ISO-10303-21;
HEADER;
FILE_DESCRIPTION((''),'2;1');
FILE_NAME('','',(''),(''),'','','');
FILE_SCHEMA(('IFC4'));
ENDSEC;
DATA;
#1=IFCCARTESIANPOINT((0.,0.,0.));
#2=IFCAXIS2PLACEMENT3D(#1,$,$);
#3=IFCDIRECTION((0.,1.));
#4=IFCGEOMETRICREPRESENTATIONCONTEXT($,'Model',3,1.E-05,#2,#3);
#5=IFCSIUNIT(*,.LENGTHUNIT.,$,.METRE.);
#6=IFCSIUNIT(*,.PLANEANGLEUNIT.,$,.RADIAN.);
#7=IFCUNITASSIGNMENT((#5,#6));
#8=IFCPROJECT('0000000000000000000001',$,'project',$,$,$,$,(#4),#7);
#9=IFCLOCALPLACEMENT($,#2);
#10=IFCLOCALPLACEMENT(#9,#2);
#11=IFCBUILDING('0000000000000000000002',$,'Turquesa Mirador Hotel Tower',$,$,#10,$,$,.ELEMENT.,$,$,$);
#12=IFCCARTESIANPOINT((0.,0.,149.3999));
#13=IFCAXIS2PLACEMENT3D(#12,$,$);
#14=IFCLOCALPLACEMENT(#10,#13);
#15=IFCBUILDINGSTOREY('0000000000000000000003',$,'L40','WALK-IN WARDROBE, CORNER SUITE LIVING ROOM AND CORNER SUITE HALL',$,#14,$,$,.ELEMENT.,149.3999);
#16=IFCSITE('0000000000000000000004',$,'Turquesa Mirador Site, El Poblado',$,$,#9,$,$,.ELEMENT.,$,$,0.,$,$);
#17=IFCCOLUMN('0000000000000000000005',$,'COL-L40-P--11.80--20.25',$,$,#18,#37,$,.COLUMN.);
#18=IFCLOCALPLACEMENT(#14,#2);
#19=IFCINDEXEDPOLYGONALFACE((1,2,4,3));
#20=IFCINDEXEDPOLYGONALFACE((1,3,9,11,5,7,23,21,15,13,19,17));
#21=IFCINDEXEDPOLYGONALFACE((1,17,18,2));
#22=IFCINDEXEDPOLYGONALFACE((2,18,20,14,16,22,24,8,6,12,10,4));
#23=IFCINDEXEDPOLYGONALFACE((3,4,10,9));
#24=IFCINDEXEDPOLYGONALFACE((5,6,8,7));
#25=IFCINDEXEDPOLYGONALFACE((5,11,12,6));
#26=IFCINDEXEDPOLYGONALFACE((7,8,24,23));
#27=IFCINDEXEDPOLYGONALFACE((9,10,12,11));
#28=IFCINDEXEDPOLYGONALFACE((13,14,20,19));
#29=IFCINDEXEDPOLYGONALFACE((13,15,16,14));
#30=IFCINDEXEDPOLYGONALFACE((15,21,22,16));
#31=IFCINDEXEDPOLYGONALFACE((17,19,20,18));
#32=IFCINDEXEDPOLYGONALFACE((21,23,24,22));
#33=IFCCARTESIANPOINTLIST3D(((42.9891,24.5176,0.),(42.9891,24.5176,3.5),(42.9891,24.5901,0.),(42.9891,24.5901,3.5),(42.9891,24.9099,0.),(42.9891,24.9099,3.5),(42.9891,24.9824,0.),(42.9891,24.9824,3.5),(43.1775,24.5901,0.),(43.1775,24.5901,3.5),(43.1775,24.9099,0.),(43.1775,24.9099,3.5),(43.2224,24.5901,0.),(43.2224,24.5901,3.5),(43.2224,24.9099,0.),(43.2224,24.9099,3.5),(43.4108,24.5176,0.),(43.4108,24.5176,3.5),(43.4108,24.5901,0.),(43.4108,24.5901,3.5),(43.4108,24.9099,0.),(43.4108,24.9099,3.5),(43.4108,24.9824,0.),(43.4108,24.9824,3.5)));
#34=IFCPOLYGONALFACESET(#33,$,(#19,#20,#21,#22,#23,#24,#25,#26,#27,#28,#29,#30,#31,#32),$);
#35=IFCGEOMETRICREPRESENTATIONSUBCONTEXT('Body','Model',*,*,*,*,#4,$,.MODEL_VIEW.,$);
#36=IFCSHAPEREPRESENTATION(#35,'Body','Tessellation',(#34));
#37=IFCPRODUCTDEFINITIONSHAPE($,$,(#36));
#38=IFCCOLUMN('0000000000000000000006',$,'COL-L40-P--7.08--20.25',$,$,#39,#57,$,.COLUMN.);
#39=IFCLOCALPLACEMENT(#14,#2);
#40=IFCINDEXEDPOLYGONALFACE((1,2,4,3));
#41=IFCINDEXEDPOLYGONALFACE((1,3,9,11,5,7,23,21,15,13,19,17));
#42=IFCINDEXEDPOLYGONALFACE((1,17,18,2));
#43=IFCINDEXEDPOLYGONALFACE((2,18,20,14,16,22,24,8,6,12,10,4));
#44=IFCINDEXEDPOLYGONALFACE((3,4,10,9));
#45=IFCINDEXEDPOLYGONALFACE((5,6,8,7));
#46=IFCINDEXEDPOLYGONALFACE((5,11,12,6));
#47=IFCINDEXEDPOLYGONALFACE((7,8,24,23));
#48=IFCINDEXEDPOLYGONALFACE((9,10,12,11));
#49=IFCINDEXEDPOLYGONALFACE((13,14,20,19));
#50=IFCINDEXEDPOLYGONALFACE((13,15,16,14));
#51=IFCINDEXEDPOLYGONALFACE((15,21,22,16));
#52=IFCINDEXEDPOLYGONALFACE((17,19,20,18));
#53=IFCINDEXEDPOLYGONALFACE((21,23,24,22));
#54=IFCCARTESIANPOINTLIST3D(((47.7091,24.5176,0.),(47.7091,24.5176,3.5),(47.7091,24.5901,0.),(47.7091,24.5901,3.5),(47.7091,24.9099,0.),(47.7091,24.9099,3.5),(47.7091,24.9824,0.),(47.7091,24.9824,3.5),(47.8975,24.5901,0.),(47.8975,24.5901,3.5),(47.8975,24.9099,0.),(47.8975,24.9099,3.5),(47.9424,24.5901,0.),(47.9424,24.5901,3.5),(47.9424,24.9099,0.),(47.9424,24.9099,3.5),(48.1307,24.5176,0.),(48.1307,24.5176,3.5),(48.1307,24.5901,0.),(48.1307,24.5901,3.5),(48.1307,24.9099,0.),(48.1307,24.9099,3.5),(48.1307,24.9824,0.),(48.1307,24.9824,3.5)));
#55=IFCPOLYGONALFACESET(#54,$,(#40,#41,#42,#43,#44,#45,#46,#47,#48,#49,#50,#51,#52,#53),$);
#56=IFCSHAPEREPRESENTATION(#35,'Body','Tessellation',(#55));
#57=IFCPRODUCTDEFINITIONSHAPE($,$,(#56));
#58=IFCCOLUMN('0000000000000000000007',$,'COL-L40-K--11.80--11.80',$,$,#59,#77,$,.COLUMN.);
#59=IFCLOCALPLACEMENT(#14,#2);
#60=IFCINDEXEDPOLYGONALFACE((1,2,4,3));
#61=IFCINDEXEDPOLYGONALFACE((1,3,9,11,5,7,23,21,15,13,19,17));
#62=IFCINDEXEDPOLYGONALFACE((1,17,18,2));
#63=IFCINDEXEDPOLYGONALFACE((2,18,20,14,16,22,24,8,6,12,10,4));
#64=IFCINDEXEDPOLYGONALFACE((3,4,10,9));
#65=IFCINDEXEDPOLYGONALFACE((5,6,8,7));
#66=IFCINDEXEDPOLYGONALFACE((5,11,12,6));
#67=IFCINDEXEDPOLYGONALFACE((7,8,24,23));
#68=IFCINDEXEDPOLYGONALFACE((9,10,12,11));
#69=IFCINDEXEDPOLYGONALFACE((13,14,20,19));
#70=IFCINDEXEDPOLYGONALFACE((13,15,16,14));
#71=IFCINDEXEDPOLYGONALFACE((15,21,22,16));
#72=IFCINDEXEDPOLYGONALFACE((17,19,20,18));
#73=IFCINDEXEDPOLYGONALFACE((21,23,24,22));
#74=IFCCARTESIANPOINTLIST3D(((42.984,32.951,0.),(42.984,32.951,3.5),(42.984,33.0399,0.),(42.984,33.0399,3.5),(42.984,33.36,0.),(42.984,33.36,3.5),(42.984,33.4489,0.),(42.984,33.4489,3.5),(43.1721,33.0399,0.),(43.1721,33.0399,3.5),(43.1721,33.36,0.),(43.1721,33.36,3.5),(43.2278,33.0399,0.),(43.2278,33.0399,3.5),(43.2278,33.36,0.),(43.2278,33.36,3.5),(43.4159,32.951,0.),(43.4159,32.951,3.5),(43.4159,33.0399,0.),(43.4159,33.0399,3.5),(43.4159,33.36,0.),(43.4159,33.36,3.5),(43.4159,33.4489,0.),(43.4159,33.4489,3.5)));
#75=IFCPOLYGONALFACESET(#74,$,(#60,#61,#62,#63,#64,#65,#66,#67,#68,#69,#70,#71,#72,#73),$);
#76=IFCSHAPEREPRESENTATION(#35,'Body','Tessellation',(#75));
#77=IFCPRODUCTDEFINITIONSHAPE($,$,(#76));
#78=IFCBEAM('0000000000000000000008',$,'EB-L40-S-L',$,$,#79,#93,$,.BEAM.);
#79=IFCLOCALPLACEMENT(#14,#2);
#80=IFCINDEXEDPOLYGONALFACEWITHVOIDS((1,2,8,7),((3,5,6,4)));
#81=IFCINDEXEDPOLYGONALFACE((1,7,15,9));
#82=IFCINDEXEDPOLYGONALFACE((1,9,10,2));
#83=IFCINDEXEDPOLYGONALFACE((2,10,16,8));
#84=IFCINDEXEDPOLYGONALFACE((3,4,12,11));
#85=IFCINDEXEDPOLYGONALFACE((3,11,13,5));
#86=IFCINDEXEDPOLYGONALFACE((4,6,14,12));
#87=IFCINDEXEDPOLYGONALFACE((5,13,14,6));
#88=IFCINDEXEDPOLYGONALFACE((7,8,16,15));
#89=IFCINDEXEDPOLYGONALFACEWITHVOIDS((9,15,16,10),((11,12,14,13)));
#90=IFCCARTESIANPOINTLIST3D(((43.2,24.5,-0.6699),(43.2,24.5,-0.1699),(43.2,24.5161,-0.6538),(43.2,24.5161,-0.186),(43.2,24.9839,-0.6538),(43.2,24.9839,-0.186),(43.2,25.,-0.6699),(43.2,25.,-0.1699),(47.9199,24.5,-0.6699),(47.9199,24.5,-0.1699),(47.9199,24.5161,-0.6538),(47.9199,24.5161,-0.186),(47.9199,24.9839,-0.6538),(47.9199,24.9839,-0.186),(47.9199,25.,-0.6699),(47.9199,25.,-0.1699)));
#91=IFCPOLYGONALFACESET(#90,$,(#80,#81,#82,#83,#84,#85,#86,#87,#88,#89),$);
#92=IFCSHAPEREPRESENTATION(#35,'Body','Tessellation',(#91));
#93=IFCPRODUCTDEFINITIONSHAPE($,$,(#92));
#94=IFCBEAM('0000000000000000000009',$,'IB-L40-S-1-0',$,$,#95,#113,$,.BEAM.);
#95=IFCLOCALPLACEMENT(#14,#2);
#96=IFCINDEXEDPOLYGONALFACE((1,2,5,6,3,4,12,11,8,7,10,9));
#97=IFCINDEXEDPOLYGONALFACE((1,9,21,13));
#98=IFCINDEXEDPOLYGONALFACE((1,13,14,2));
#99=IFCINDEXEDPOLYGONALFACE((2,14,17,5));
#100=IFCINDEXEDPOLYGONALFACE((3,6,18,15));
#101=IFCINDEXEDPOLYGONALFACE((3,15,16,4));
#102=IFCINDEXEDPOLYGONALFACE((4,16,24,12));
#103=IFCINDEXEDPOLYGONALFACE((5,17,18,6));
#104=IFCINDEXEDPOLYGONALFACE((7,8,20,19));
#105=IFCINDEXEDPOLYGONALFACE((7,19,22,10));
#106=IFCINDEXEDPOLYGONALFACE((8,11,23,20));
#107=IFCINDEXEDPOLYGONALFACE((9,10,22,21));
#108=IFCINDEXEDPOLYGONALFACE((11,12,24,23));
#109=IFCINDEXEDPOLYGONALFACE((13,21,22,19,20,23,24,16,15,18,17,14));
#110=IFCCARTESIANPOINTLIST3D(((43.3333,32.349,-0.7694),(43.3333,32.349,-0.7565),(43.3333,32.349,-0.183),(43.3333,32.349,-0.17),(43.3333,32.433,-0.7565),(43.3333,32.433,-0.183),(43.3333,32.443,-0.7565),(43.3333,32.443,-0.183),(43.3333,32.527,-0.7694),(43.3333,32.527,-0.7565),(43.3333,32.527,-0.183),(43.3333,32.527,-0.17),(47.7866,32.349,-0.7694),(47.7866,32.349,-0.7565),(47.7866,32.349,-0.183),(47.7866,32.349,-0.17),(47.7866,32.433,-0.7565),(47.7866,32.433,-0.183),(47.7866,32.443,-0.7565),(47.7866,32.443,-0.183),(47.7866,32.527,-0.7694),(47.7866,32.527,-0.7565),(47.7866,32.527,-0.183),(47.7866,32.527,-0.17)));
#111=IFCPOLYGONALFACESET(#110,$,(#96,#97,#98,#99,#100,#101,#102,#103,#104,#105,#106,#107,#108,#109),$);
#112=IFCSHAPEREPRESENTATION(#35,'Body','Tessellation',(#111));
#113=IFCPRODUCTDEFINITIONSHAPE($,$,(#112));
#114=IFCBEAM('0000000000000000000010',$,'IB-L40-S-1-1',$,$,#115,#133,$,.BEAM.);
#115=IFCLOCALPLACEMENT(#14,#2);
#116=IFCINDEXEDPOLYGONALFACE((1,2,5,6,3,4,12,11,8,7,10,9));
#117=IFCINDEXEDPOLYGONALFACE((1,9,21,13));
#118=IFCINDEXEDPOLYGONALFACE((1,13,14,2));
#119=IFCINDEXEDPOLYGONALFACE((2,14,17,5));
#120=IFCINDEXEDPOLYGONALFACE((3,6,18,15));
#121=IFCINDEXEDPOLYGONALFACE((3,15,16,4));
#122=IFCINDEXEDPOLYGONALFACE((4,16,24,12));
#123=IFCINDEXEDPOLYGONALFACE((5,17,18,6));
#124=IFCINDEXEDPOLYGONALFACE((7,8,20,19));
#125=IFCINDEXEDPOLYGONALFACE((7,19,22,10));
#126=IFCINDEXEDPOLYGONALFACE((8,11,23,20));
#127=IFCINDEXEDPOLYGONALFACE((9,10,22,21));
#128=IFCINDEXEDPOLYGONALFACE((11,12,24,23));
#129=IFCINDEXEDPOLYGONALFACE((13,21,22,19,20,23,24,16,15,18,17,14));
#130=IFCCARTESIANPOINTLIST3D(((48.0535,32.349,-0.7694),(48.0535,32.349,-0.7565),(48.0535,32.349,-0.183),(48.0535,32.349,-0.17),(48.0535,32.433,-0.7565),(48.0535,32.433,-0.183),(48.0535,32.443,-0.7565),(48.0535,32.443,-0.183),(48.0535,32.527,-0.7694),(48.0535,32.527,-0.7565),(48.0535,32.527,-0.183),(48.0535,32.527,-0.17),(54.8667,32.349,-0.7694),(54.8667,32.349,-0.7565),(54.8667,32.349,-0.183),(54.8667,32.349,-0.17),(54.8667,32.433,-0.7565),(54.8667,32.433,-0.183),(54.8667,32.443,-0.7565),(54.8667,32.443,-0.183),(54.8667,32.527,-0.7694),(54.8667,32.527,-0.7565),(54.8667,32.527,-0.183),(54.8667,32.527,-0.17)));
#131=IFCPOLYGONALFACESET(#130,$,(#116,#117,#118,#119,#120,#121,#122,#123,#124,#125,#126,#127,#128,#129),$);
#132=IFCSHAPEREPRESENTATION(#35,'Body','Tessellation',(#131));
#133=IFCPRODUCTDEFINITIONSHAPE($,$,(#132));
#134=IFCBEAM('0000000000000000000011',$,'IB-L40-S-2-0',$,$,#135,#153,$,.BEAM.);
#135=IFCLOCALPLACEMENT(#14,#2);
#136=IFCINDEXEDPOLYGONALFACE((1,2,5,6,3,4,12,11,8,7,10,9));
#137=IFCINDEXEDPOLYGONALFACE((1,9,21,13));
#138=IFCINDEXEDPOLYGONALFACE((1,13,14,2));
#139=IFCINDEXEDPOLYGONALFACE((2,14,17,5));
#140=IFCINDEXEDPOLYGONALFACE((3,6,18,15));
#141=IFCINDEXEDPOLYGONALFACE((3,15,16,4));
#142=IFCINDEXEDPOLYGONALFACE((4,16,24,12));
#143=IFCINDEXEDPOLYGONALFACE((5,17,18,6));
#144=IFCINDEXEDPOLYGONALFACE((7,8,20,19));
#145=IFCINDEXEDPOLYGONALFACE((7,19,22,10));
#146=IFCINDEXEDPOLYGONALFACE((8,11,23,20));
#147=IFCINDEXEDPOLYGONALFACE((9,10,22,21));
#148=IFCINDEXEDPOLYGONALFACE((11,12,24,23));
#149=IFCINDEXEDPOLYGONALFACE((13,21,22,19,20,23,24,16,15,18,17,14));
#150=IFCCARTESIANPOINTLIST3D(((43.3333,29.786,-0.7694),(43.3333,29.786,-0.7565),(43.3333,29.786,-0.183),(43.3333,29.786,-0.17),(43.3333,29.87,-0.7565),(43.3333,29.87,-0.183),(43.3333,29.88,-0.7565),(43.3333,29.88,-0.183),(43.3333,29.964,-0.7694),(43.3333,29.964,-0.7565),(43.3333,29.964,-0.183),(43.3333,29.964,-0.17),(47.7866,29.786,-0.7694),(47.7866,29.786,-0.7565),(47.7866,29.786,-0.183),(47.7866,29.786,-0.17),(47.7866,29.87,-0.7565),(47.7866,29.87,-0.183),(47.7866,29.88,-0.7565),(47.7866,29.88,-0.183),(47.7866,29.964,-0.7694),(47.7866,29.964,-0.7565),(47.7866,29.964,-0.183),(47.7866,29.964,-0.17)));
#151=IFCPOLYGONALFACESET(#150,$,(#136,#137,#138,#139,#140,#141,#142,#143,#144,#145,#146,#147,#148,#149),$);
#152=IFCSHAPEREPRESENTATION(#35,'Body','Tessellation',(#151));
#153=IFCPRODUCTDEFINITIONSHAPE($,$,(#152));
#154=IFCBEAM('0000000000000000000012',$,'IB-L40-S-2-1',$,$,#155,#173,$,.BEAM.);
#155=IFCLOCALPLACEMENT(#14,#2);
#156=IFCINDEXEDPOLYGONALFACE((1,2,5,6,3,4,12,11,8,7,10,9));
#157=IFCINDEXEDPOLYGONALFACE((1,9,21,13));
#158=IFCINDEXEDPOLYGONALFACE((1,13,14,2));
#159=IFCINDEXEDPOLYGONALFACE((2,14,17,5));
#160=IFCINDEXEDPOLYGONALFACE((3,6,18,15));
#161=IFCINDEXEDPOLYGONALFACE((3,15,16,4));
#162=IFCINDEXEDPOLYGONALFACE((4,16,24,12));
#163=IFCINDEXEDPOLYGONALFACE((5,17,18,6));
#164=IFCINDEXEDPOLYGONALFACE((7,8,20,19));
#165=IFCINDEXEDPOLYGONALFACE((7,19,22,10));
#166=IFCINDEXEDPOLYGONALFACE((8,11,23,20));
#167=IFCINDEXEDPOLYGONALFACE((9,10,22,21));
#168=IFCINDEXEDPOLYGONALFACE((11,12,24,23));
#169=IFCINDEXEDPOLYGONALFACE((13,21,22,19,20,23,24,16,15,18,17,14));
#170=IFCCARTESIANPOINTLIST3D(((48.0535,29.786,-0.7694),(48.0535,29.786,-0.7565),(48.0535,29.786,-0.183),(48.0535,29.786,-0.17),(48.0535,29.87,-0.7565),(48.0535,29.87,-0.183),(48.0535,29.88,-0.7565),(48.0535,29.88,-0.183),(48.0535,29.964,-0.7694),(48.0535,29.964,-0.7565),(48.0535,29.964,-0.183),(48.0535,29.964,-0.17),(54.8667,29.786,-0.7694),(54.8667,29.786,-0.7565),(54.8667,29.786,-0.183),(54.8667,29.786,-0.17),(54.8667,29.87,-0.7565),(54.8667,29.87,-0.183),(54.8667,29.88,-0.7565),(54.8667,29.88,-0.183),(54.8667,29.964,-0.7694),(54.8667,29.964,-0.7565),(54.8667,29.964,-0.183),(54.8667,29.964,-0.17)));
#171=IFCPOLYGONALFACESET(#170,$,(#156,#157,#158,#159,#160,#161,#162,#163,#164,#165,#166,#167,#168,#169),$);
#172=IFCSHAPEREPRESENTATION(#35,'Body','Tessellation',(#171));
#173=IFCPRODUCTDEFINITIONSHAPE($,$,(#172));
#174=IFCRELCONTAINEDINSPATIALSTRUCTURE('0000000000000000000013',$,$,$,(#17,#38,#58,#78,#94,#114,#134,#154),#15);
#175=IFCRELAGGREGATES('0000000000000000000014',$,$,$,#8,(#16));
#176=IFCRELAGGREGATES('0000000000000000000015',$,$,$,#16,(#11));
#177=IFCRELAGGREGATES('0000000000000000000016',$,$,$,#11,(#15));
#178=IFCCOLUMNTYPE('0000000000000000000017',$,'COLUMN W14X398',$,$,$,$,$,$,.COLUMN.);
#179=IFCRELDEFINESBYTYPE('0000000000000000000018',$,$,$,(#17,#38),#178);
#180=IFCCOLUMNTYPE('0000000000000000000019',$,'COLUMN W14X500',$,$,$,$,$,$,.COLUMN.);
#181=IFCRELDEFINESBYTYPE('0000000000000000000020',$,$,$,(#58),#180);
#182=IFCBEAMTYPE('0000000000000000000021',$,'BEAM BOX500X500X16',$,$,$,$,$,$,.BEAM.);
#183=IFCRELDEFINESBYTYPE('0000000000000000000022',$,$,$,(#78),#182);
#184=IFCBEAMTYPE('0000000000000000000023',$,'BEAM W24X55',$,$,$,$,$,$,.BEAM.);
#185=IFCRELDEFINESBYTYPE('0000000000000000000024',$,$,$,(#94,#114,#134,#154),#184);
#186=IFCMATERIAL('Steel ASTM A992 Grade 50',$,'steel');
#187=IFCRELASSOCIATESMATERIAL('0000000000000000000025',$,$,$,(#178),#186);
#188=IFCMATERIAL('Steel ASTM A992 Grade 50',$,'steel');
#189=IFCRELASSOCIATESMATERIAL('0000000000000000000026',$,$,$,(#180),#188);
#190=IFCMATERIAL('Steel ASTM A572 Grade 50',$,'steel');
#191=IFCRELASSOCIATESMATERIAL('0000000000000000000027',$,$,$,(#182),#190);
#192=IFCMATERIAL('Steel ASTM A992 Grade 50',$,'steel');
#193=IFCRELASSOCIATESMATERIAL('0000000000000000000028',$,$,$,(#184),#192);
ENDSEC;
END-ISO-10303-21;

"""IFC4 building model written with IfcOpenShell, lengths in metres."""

from ifc_helpers import new_model, si_unit, direction, frame, origin, origin_2d, place, context, subcontext, project, spatial, hollow_rectangle, i_section, extrude, material, material_profile, profile_set, type_object, element, save


model = new_model("IFC4")

# Units and contexts
model_context = context("Model", 3, precision=1e-05, world=origin(), true_north=direction((0.0, 1.0)))
body_context = subcontext(model_context, "Body", "Model", "MODEL_VIEW")
ifc_project = project(units=[si_unit("LENGTHUNIT", "METRE"), si_unit("PLANEANGLEUNIT", "RADIAN")], contexts=[model_context])

# Site, building, storey
site_placement = place(None, origin())
site = spatial("IfcSite", under=ifc_project, at=site_placement, Name="Turquesa Mirador Site, El Poblado", CompositionType="ELEMENT", RefElevation=0.0)
building_placement = place(site_placement, origin())
building = spatial("IfcBuilding", under=site, at=building_placement, Name="Turquesa Mirador Hotel Tower", CompositionType="ELEMENT")
storey_placement = place(building_placement, frame((0.0, 0.0, 149.3999)))
storey = spatial("IfcBuildingStorey", under=building, at=storey_placement, Name="L40", Description="WALK-IN WARDROBE, CORNER SUITE LIVING ROOM AND CORNER SUITE HALL", CompositionType="ELEMENT", Elevation=149.3999)

# Columns
ifc_material_1 = material(Name="Steel ASTM A992 Grade 50", Category="steel")
ifc_material_profile_1 = material_profile(ifc_material_1, i_section(OverallWidth=0.4216, OverallDepth=0.4648, WebThickness=0.0449, FlangeThickness=0.0725, at=origin_2d()), Name="W14X398")
ifc_profile_set_1 = profile_set([ifc_material_profile_1], Name="Steel ASTM A992 Grade 50")
column_type_1 = type_object("IfcColumnType", Name="COLUMN W14X398", PredefinedType="COLUMN", material=ifc_profile_set_1)
for number, where, z_axis, x_axis, name in (
    (1, (43.2, 24.75, 0.0), (0.0, 0.0, 1.0), (1.0, 0.0, 0.0), "COL-L40-P--11.80--20.25"),
    (2, (47.9199, 24.75, 0.0), (0.0, 0.0, 1.0), (1.0, 0.0, 0.0), "COL-L40-P--7.08--20.25"),
):
    element("IfcColumn", number, at=place(storey_placement, frame(where, z_axis=z_axis, x_axis=x_axis)), inside=storey, type_object=column_type_1, Name=name, PredefinedType="COLUMN", context=body_context, shape_type="SweptSolid", body=[
        extrude(i_section(OverallWidth=0.4216, OverallDepth=0.4648, WebThickness=0.0449, FlangeThickness=0.0725, at=origin_2d()), origin(), (0.0, 0.0, 1.0), 3.5),
    ])
ifc_material_2 = material(Name="Steel ASTM A992 Grade 50", Category="steel")
ifc_material_profile_2 = material_profile(ifc_material_2, i_section(OverallWidth=0.4319, OverallDepth=0.4978, WebThickness=0.0557, FlangeThickness=0.0889, at=origin_2d()), Name="W14X500")
ifc_profile_set_2 = profile_set([ifc_material_profile_2], Name="Steel ASTM A992 Grade 50")
column_type_2 = type_object("IfcColumnType", Name="COLUMN W14X500", PredefinedType="COLUMN", material=ifc_profile_set_2)
column_placement = place(storey_placement, frame((43.2, 33.2, 0.0), z_axis=(0.0, 0.0, 1.0), x_axis=(1.0, 0.0, 0.0)))
element("IfcColumn", 3, at=column_placement, inside=storey, type_object=column_type_2, Name="COL-L40-K--11.80--11.80", PredefinedType="COLUMN", context=body_context, shape_type="SweptSolid", body=[
    extrude(i_section(OverallWidth=0.4319, OverallDepth=0.4978, WebThickness=0.0557, FlangeThickness=0.0889, at=origin_2d()), origin(), (0.0, 0.0, 1.0), 3.5),
])

# Beams
ifc_material_3 = material(Name="Steel ASTM A572 Grade 50", Category="steel")
ifc_material_profile_3 = material_profile(ifc_material_3, hollow_rectangle(XDim=0.5, YDim=0.5, WallThickness=0.0161, at=origin_2d()), Name="BOX500X500X16")
ifc_profile_set_3 = profile_set([ifc_material_profile_3], Name="Steel ASTM A572 Grade 50")
beam_type_1 = type_object("IfcBeamType", Name="BEAM BOX500X500X16", PredefinedType="BEAM", material=ifc_profile_set_3)
beam_1_placement = place(storey_placement, frame((43.2, 24.75, -0.4199), z_axis=(1.0, 0.0, 0.0), x_axis=(0.0, 1.0, 0.0)))
element("IfcBeam", 4, at=beam_1_placement, inside=storey, type_object=beam_type_1, Name="EB-L40-S-L", PredefinedType="BEAM", context=body_context, shape_type="SweptSolid", body=[
    extrude(hollow_rectangle(XDim=0.5, YDim=0.5, WallThickness=0.0161, at=origin_2d()), origin(), (0.0, 0.0, 1.0), 4.72),
])
ifc_material_4 = material(Name="Steel ASTM A992 Grade 50", Category="steel")
ifc_material_profile_4 = material_profile(ifc_material_4, i_section(OverallWidth=0.178, OverallDepth=0.5994, WebThickness=0.01, FlangeThickness=0.0129, at=origin_2d()), Name="W24X55")
ifc_profile_set_4 = profile_set([ifc_material_profile_4], Name="Steel ASTM A992 Grade 50")
beam_type_2 = type_object("IfcBeamType", Name="BEAM W24X55", PredefinedType="BEAM", material=ifc_profile_set_4)
beam_2_placement = place(storey_placement, frame((43.3333, 32.438, -0.4697), z_axis=(1.0, 0.0, 0.0), x_axis=(0.0, 1.0, 0.0)))
element("IfcBeam", 5, at=beam_2_placement, inside=storey, type_object=beam_type_2, Name="IB-L40-S-1-0", PredefinedType="BEAM", context=body_context, shape_type="SweptSolid", body=[
    extrude(i_section(OverallWidth=0.178, OverallDepth=0.5994, WebThickness=0.01, FlangeThickness=0.0129, at=origin_2d()), origin(), (0.0, 0.0, 1.0), 4.4534),
])
beam_3_placement = place(storey_placement, frame((48.0535, 32.438, -0.4697), z_axis=(1.0, 0.0, 0.0), x_axis=(0.0, 1.0, 0.0)))
element("IfcBeam", 6, at=beam_3_placement, inside=storey, type_object=beam_type_2, Name="IB-L40-S-1-1", PredefinedType="BEAM", context=body_context, shape_type="SweptSolid", body=[
    extrude(i_section(OverallWidth=0.178, OverallDepth=0.5994, WebThickness=0.01, FlangeThickness=0.0129, at=origin_2d()), origin(), (0.0, 0.0, 1.0), 6.8132),
])
beam_4_placement = place(storey_placement, frame((43.3333, 29.875, -0.4697), z_axis=(1.0, 0.0, 0.0), x_axis=(0.0, 1.0, 0.0)))
element("IfcBeam", 7, at=beam_4_placement, inside=storey, type_object=beam_type_2, Name="IB-L40-S-2-0", PredefinedType="BEAM", context=body_context, shape_type="SweptSolid", body=[
    extrude(i_section(OverallWidth=0.178, OverallDepth=0.5994, WebThickness=0.01, FlangeThickness=0.0129, at=origin_2d()), origin(), (0.0, 0.0, 1.0), 4.4534),
])
beam_5_placement = place(storey_placement, frame((48.0535, 29.875, -0.4697), z_axis=(1.0, 0.0, 0.0), x_axis=(0.0, 1.0, 0.0)))
element("IfcBeam", 8, at=beam_5_placement, inside=storey, type_object=beam_type_2, Name="IB-L40-S-2-1", PredefinedType="BEAM", context=body_context, shape_type="SweptSolid", body=[
    extrude(i_section(OverallWidth=0.178, OverallDepth=0.5994, WebThickness=0.01, FlangeThickness=0.0129, at=origin_2d()), origin(), (0.0, 0.0, 1.0), 6.8132),
])

save(model, "model.ifc")
